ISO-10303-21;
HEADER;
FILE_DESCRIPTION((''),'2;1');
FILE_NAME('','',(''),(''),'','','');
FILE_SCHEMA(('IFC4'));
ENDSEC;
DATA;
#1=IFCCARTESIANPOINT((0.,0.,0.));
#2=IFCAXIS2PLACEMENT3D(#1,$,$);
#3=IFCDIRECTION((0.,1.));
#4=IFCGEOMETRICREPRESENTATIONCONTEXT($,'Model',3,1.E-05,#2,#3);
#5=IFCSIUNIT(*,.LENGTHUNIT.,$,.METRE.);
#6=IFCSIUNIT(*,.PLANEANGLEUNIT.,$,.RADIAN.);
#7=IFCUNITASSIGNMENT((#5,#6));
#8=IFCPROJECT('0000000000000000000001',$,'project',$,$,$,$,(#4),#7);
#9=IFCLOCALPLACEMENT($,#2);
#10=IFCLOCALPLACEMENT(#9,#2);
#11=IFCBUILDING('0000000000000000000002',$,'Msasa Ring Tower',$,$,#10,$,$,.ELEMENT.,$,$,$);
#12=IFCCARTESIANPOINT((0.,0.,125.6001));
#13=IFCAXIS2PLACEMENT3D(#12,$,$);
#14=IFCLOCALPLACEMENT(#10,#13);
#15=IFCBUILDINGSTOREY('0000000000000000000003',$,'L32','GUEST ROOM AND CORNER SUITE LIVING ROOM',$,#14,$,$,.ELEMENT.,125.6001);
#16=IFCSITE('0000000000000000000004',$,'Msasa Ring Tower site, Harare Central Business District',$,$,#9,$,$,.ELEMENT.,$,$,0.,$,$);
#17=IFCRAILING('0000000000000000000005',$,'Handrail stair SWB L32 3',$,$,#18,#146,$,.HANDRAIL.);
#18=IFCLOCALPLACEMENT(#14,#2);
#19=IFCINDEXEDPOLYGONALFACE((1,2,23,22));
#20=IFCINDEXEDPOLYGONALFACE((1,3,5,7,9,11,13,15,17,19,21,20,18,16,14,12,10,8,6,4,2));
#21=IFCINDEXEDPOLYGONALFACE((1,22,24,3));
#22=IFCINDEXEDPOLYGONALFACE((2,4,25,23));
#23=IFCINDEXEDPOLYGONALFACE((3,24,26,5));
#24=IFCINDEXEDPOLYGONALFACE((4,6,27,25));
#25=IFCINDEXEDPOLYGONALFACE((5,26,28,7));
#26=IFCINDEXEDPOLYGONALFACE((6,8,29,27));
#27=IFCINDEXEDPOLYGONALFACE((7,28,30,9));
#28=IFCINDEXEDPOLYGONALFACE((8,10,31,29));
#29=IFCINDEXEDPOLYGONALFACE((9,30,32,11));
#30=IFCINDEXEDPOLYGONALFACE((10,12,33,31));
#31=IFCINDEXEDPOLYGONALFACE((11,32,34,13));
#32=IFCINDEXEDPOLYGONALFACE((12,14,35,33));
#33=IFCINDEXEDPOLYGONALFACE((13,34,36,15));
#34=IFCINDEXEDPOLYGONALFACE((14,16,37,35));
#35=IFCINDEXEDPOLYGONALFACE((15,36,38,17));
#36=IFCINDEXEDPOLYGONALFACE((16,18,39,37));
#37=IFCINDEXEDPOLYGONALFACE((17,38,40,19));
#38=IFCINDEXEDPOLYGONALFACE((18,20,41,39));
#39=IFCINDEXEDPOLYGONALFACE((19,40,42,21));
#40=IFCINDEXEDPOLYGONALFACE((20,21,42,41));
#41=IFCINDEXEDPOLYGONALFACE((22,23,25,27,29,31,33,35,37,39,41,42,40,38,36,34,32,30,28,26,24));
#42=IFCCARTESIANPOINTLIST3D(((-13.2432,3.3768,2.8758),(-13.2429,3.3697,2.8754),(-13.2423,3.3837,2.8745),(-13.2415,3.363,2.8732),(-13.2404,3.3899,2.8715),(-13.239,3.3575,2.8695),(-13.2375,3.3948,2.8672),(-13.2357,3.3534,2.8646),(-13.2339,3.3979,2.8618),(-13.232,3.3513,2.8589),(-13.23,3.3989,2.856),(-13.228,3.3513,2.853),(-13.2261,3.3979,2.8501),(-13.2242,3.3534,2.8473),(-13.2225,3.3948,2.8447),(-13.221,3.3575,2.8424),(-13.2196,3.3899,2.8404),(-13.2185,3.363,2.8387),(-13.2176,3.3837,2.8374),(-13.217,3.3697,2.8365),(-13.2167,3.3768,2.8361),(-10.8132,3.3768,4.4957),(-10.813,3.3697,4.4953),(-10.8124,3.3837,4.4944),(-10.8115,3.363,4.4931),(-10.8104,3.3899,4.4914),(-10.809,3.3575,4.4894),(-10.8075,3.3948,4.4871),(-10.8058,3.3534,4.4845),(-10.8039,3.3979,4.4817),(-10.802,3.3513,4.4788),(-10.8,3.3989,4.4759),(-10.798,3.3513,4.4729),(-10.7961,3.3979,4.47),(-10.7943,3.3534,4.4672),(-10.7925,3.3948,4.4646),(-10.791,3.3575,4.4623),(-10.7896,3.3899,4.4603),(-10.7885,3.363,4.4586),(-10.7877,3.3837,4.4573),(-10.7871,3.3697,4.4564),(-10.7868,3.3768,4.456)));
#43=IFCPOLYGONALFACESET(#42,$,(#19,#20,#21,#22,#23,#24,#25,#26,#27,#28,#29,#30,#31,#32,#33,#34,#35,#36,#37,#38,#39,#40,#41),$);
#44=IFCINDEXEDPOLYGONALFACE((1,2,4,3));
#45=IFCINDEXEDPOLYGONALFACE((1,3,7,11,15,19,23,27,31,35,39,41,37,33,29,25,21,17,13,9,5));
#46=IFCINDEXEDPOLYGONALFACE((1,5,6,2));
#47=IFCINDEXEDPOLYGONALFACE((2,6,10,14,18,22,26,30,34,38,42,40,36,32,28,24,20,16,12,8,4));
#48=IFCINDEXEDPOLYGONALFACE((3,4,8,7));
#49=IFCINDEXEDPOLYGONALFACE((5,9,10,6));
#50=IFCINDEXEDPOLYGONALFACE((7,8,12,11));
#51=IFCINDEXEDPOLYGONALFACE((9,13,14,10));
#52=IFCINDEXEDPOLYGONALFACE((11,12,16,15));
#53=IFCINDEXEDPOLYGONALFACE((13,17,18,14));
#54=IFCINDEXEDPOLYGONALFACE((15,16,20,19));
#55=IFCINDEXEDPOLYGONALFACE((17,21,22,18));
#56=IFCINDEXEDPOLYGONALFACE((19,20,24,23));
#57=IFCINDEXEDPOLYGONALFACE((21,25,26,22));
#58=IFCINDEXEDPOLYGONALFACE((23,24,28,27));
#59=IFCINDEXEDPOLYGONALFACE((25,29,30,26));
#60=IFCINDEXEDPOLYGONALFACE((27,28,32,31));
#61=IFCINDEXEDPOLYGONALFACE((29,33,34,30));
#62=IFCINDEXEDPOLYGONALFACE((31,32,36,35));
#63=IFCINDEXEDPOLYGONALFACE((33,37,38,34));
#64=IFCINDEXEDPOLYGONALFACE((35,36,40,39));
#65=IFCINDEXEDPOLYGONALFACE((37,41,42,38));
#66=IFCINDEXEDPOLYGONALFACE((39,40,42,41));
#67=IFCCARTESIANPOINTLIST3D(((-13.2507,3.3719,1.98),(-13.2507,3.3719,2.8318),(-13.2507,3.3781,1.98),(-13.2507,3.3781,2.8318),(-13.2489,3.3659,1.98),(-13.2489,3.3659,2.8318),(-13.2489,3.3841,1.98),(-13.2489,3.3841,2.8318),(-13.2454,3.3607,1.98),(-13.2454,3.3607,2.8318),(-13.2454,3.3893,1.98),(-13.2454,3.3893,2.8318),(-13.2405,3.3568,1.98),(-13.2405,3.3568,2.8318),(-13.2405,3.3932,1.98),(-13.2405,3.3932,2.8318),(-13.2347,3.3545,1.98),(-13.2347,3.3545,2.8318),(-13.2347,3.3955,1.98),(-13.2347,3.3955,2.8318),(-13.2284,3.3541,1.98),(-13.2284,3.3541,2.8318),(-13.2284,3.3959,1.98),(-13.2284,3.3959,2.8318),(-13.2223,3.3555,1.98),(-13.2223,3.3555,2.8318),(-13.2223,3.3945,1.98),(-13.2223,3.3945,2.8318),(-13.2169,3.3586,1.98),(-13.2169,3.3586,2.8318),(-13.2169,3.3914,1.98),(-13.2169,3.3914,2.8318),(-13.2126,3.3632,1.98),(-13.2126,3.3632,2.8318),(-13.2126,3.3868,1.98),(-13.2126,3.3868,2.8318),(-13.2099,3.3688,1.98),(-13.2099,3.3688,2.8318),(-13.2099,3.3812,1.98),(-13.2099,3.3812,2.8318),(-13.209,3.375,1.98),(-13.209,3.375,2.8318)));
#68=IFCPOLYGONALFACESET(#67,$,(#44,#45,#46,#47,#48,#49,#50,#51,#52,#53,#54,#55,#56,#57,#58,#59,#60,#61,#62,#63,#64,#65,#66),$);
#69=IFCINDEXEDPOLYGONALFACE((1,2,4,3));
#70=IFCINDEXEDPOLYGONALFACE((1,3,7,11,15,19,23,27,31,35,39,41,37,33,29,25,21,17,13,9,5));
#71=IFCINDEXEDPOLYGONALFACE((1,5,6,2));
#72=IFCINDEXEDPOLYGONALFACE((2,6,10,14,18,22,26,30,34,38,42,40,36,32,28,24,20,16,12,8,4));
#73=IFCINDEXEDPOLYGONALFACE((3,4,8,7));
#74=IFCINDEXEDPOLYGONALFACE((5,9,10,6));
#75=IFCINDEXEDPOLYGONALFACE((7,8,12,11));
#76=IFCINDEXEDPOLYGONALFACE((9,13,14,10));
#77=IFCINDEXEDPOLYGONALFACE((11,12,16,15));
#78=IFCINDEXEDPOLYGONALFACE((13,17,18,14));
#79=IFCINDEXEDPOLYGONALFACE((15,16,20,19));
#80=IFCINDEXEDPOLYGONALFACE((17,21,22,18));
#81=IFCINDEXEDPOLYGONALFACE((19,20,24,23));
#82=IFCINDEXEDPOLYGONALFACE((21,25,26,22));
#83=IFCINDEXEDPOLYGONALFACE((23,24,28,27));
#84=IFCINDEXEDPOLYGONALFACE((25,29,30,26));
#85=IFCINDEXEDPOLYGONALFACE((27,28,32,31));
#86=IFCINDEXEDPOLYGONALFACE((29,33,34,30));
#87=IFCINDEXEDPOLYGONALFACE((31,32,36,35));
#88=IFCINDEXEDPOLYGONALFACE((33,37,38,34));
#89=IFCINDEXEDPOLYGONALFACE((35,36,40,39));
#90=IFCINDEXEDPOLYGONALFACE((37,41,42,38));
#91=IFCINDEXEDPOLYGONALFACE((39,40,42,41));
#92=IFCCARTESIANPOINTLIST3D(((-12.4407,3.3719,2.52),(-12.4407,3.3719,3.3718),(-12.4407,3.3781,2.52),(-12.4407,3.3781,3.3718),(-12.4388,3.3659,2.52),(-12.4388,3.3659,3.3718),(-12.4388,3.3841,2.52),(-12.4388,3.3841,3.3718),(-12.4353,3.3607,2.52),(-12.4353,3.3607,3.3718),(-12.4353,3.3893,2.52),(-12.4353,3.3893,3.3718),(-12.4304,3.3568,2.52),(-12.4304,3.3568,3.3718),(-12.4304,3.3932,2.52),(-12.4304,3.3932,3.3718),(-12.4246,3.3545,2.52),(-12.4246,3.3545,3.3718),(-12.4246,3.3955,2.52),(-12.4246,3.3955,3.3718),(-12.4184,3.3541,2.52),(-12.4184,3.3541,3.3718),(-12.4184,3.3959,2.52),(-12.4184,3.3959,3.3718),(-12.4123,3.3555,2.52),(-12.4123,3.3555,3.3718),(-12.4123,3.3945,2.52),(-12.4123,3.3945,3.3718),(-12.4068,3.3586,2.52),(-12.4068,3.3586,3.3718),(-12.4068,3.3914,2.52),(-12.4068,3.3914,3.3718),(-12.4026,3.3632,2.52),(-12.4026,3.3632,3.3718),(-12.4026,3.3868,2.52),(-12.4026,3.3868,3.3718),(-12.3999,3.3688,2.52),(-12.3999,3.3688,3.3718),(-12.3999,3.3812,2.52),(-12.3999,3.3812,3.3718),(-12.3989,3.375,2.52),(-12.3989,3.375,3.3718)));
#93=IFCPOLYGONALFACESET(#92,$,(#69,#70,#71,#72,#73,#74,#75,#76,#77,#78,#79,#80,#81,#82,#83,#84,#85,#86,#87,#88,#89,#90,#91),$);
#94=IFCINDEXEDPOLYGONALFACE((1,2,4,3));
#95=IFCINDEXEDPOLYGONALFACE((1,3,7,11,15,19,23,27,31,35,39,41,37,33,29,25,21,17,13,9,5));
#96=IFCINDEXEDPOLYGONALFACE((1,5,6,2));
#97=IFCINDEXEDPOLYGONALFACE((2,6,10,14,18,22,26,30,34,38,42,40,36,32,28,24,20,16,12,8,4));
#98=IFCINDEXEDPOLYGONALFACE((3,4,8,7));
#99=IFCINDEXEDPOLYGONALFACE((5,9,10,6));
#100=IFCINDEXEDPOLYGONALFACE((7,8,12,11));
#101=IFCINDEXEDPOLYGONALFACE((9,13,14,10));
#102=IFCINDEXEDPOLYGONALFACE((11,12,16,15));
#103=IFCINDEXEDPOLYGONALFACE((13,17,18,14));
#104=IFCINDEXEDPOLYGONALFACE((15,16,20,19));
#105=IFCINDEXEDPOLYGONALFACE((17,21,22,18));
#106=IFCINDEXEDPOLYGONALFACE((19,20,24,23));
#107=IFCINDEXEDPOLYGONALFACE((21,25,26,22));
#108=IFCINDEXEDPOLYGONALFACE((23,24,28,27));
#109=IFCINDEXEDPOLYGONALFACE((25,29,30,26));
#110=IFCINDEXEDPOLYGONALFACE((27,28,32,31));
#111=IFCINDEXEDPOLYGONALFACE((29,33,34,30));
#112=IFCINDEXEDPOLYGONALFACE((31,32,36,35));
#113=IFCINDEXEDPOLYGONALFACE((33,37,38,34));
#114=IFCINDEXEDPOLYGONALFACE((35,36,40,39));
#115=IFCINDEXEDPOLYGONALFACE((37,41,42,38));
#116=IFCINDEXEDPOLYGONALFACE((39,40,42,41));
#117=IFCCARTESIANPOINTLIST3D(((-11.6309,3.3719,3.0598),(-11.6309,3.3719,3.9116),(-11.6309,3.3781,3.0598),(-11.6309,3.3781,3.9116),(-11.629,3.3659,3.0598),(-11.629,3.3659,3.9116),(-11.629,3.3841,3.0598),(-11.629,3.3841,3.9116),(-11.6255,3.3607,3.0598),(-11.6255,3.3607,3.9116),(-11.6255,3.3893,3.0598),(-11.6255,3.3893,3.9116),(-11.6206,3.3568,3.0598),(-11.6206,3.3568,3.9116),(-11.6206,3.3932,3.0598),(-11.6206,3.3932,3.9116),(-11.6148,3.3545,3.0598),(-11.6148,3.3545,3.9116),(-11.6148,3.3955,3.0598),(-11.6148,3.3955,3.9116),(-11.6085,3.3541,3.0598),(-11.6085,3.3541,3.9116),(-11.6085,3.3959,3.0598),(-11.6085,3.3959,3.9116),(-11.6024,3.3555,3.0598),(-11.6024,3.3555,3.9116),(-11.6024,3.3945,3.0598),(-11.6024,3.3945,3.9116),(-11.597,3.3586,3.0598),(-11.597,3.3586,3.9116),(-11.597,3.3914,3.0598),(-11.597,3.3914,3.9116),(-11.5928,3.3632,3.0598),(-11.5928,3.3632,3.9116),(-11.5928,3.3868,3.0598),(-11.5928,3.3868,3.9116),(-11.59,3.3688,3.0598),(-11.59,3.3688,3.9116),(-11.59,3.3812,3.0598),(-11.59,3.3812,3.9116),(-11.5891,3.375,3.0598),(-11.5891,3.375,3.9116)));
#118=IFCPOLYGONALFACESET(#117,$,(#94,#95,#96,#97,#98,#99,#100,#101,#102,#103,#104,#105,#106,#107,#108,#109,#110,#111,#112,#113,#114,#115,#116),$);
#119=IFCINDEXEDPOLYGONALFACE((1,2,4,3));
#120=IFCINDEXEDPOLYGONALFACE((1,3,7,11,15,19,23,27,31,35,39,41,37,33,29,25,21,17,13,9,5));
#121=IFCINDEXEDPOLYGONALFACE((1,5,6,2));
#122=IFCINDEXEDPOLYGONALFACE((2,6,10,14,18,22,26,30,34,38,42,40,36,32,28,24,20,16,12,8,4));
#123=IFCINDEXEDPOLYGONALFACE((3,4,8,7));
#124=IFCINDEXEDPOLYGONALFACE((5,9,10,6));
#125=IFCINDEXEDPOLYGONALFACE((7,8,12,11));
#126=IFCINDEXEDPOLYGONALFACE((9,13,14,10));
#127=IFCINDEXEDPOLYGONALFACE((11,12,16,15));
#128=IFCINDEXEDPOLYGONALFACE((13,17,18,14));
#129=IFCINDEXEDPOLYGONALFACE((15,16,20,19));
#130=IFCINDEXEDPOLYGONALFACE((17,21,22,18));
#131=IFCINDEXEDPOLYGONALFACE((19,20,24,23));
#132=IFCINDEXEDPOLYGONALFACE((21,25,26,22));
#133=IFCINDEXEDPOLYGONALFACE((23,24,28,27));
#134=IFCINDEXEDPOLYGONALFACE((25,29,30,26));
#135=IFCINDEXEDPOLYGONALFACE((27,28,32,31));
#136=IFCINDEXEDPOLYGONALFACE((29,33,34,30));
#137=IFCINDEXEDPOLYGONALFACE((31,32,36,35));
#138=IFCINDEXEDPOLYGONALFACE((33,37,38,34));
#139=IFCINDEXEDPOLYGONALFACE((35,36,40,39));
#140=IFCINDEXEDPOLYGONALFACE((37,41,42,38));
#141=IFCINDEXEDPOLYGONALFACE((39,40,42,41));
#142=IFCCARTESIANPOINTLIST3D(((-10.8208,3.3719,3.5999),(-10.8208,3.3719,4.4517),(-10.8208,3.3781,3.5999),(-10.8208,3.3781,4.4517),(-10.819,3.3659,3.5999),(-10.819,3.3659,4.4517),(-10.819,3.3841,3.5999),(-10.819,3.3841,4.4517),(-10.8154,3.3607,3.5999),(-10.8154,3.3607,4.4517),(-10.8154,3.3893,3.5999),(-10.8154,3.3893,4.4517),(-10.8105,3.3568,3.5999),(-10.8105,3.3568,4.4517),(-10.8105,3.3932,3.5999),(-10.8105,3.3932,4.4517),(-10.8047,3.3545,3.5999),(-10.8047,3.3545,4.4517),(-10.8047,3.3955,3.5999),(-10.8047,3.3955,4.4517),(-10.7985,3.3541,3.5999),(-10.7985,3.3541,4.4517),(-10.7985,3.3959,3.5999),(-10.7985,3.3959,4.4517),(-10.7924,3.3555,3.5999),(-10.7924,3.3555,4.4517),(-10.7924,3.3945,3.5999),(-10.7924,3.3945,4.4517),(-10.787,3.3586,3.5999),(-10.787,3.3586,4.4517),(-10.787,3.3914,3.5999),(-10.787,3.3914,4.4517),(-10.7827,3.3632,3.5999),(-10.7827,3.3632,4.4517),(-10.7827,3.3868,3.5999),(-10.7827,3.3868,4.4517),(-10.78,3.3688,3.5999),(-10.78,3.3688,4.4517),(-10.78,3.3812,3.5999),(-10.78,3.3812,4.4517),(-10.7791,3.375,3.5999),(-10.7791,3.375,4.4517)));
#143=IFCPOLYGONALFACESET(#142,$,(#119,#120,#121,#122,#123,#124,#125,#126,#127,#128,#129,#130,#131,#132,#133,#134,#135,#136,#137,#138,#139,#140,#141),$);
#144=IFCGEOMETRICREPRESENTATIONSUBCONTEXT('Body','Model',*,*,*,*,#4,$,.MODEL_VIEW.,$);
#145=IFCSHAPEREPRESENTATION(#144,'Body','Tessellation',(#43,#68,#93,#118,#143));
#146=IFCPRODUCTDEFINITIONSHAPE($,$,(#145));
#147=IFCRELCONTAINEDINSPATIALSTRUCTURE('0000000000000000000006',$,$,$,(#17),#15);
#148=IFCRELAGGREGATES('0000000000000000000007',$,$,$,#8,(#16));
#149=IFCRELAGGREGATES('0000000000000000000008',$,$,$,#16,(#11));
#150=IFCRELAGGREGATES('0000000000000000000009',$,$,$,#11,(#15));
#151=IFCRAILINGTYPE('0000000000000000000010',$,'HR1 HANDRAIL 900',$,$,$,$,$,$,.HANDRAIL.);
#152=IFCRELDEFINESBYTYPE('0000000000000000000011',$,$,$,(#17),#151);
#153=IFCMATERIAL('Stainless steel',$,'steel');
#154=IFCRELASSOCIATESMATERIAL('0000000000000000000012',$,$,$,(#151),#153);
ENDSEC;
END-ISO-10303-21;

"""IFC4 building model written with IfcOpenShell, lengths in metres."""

from ifc_helpers import new_model, si_unit, direction, frame, origin, origin_2d, place, context, subcontext, project, spatial, circle, extrude, material, type_object, element, save


model = new_model("IFC4")

# Units and contexts
model_context = context("Model", 3, precision=1e-05, world=origin(), true_north=direction((0.0, 1.0)))
body_context = subcontext(model_context, "Body", "Model", "MODEL_VIEW")
ifc_project = project(units=[si_unit("LENGTHUNIT", "METRE"), si_unit("PLANEANGLEUNIT", "RADIAN")], contexts=[model_context])

# Site, building, storey
site_placement = place(None, origin())
site = spatial("IfcSite", under=ifc_project, at=site_placement, Name="Msasa Ring Tower site, Harare Central Business District", CompositionType="ELEMENT", RefElevation=0.0)
building_placement = place(site_placement, origin())
building = spatial("IfcBuilding", under=site, at=building_placement, Name="Msasa Ring Tower", CompositionType="ELEMENT")
storey_placement = place(building_placement, frame((0.0, 0.0, 125.6001)))
storey = spatial("IfcBuildingStorey", under=building, at=storey_placement, Name="L32", Description="GUEST ROOM AND CORNER SUITE LIVING ROOM", CompositionType="ELEMENT", Elevation=125.6001)

# Railing
ifc_material_1 = material(Name="Stainless steel", Category="steel")
railing_type = type_object("IfcRailingType", Name="HR1 HANDRAIL 900", PredefinedType="HANDRAIL", material=ifc_material_1)
for number, where, name in (
    (1, (-13.23, 3.375, 1.98), "Handrail stair SWB L32 3"),
):
    element("IfcRailing", number, at=place(storey_placement, frame(where)), inside=storey, type_object=railing_type, Name=name, PredefinedType="HANDRAIL", context=body_context, shape_type="SweptSolid", body=[
        extrude(circle(Radius=0.0239, at=origin_2d()), frame((0.0, 0.0, 0.876), z_axis=(0.832063, 0.0, 0.554681), x_axis=(0.0, 1.0, 0.0)), (0.0, 0.0, 1.0), 2.9204),
        extrude(circle(Radius=0.021, at=origin_2d()), origin(), (0.0, 0.0, 1.0), 0.8518),
        extrude(circle(Radius=0.021, at=origin_2d()), frame((0.8101, 0.0, 0.54)), (0.0, 0.0, 1.0), 0.8518),
        extrude(circle(Radius=0.021, at=origin_2d()), frame((1.6199, 0.0, 1.0798)), (0.0, 0.0, 1.0), 0.8518),
        extrude(circle(Radius=0.021, at=origin_2d()), frame((2.4299, 0.0, 1.6199)), (0.0, 0.0, 1.0), 0.8518),
    ])

save(model, "model.ifc")
